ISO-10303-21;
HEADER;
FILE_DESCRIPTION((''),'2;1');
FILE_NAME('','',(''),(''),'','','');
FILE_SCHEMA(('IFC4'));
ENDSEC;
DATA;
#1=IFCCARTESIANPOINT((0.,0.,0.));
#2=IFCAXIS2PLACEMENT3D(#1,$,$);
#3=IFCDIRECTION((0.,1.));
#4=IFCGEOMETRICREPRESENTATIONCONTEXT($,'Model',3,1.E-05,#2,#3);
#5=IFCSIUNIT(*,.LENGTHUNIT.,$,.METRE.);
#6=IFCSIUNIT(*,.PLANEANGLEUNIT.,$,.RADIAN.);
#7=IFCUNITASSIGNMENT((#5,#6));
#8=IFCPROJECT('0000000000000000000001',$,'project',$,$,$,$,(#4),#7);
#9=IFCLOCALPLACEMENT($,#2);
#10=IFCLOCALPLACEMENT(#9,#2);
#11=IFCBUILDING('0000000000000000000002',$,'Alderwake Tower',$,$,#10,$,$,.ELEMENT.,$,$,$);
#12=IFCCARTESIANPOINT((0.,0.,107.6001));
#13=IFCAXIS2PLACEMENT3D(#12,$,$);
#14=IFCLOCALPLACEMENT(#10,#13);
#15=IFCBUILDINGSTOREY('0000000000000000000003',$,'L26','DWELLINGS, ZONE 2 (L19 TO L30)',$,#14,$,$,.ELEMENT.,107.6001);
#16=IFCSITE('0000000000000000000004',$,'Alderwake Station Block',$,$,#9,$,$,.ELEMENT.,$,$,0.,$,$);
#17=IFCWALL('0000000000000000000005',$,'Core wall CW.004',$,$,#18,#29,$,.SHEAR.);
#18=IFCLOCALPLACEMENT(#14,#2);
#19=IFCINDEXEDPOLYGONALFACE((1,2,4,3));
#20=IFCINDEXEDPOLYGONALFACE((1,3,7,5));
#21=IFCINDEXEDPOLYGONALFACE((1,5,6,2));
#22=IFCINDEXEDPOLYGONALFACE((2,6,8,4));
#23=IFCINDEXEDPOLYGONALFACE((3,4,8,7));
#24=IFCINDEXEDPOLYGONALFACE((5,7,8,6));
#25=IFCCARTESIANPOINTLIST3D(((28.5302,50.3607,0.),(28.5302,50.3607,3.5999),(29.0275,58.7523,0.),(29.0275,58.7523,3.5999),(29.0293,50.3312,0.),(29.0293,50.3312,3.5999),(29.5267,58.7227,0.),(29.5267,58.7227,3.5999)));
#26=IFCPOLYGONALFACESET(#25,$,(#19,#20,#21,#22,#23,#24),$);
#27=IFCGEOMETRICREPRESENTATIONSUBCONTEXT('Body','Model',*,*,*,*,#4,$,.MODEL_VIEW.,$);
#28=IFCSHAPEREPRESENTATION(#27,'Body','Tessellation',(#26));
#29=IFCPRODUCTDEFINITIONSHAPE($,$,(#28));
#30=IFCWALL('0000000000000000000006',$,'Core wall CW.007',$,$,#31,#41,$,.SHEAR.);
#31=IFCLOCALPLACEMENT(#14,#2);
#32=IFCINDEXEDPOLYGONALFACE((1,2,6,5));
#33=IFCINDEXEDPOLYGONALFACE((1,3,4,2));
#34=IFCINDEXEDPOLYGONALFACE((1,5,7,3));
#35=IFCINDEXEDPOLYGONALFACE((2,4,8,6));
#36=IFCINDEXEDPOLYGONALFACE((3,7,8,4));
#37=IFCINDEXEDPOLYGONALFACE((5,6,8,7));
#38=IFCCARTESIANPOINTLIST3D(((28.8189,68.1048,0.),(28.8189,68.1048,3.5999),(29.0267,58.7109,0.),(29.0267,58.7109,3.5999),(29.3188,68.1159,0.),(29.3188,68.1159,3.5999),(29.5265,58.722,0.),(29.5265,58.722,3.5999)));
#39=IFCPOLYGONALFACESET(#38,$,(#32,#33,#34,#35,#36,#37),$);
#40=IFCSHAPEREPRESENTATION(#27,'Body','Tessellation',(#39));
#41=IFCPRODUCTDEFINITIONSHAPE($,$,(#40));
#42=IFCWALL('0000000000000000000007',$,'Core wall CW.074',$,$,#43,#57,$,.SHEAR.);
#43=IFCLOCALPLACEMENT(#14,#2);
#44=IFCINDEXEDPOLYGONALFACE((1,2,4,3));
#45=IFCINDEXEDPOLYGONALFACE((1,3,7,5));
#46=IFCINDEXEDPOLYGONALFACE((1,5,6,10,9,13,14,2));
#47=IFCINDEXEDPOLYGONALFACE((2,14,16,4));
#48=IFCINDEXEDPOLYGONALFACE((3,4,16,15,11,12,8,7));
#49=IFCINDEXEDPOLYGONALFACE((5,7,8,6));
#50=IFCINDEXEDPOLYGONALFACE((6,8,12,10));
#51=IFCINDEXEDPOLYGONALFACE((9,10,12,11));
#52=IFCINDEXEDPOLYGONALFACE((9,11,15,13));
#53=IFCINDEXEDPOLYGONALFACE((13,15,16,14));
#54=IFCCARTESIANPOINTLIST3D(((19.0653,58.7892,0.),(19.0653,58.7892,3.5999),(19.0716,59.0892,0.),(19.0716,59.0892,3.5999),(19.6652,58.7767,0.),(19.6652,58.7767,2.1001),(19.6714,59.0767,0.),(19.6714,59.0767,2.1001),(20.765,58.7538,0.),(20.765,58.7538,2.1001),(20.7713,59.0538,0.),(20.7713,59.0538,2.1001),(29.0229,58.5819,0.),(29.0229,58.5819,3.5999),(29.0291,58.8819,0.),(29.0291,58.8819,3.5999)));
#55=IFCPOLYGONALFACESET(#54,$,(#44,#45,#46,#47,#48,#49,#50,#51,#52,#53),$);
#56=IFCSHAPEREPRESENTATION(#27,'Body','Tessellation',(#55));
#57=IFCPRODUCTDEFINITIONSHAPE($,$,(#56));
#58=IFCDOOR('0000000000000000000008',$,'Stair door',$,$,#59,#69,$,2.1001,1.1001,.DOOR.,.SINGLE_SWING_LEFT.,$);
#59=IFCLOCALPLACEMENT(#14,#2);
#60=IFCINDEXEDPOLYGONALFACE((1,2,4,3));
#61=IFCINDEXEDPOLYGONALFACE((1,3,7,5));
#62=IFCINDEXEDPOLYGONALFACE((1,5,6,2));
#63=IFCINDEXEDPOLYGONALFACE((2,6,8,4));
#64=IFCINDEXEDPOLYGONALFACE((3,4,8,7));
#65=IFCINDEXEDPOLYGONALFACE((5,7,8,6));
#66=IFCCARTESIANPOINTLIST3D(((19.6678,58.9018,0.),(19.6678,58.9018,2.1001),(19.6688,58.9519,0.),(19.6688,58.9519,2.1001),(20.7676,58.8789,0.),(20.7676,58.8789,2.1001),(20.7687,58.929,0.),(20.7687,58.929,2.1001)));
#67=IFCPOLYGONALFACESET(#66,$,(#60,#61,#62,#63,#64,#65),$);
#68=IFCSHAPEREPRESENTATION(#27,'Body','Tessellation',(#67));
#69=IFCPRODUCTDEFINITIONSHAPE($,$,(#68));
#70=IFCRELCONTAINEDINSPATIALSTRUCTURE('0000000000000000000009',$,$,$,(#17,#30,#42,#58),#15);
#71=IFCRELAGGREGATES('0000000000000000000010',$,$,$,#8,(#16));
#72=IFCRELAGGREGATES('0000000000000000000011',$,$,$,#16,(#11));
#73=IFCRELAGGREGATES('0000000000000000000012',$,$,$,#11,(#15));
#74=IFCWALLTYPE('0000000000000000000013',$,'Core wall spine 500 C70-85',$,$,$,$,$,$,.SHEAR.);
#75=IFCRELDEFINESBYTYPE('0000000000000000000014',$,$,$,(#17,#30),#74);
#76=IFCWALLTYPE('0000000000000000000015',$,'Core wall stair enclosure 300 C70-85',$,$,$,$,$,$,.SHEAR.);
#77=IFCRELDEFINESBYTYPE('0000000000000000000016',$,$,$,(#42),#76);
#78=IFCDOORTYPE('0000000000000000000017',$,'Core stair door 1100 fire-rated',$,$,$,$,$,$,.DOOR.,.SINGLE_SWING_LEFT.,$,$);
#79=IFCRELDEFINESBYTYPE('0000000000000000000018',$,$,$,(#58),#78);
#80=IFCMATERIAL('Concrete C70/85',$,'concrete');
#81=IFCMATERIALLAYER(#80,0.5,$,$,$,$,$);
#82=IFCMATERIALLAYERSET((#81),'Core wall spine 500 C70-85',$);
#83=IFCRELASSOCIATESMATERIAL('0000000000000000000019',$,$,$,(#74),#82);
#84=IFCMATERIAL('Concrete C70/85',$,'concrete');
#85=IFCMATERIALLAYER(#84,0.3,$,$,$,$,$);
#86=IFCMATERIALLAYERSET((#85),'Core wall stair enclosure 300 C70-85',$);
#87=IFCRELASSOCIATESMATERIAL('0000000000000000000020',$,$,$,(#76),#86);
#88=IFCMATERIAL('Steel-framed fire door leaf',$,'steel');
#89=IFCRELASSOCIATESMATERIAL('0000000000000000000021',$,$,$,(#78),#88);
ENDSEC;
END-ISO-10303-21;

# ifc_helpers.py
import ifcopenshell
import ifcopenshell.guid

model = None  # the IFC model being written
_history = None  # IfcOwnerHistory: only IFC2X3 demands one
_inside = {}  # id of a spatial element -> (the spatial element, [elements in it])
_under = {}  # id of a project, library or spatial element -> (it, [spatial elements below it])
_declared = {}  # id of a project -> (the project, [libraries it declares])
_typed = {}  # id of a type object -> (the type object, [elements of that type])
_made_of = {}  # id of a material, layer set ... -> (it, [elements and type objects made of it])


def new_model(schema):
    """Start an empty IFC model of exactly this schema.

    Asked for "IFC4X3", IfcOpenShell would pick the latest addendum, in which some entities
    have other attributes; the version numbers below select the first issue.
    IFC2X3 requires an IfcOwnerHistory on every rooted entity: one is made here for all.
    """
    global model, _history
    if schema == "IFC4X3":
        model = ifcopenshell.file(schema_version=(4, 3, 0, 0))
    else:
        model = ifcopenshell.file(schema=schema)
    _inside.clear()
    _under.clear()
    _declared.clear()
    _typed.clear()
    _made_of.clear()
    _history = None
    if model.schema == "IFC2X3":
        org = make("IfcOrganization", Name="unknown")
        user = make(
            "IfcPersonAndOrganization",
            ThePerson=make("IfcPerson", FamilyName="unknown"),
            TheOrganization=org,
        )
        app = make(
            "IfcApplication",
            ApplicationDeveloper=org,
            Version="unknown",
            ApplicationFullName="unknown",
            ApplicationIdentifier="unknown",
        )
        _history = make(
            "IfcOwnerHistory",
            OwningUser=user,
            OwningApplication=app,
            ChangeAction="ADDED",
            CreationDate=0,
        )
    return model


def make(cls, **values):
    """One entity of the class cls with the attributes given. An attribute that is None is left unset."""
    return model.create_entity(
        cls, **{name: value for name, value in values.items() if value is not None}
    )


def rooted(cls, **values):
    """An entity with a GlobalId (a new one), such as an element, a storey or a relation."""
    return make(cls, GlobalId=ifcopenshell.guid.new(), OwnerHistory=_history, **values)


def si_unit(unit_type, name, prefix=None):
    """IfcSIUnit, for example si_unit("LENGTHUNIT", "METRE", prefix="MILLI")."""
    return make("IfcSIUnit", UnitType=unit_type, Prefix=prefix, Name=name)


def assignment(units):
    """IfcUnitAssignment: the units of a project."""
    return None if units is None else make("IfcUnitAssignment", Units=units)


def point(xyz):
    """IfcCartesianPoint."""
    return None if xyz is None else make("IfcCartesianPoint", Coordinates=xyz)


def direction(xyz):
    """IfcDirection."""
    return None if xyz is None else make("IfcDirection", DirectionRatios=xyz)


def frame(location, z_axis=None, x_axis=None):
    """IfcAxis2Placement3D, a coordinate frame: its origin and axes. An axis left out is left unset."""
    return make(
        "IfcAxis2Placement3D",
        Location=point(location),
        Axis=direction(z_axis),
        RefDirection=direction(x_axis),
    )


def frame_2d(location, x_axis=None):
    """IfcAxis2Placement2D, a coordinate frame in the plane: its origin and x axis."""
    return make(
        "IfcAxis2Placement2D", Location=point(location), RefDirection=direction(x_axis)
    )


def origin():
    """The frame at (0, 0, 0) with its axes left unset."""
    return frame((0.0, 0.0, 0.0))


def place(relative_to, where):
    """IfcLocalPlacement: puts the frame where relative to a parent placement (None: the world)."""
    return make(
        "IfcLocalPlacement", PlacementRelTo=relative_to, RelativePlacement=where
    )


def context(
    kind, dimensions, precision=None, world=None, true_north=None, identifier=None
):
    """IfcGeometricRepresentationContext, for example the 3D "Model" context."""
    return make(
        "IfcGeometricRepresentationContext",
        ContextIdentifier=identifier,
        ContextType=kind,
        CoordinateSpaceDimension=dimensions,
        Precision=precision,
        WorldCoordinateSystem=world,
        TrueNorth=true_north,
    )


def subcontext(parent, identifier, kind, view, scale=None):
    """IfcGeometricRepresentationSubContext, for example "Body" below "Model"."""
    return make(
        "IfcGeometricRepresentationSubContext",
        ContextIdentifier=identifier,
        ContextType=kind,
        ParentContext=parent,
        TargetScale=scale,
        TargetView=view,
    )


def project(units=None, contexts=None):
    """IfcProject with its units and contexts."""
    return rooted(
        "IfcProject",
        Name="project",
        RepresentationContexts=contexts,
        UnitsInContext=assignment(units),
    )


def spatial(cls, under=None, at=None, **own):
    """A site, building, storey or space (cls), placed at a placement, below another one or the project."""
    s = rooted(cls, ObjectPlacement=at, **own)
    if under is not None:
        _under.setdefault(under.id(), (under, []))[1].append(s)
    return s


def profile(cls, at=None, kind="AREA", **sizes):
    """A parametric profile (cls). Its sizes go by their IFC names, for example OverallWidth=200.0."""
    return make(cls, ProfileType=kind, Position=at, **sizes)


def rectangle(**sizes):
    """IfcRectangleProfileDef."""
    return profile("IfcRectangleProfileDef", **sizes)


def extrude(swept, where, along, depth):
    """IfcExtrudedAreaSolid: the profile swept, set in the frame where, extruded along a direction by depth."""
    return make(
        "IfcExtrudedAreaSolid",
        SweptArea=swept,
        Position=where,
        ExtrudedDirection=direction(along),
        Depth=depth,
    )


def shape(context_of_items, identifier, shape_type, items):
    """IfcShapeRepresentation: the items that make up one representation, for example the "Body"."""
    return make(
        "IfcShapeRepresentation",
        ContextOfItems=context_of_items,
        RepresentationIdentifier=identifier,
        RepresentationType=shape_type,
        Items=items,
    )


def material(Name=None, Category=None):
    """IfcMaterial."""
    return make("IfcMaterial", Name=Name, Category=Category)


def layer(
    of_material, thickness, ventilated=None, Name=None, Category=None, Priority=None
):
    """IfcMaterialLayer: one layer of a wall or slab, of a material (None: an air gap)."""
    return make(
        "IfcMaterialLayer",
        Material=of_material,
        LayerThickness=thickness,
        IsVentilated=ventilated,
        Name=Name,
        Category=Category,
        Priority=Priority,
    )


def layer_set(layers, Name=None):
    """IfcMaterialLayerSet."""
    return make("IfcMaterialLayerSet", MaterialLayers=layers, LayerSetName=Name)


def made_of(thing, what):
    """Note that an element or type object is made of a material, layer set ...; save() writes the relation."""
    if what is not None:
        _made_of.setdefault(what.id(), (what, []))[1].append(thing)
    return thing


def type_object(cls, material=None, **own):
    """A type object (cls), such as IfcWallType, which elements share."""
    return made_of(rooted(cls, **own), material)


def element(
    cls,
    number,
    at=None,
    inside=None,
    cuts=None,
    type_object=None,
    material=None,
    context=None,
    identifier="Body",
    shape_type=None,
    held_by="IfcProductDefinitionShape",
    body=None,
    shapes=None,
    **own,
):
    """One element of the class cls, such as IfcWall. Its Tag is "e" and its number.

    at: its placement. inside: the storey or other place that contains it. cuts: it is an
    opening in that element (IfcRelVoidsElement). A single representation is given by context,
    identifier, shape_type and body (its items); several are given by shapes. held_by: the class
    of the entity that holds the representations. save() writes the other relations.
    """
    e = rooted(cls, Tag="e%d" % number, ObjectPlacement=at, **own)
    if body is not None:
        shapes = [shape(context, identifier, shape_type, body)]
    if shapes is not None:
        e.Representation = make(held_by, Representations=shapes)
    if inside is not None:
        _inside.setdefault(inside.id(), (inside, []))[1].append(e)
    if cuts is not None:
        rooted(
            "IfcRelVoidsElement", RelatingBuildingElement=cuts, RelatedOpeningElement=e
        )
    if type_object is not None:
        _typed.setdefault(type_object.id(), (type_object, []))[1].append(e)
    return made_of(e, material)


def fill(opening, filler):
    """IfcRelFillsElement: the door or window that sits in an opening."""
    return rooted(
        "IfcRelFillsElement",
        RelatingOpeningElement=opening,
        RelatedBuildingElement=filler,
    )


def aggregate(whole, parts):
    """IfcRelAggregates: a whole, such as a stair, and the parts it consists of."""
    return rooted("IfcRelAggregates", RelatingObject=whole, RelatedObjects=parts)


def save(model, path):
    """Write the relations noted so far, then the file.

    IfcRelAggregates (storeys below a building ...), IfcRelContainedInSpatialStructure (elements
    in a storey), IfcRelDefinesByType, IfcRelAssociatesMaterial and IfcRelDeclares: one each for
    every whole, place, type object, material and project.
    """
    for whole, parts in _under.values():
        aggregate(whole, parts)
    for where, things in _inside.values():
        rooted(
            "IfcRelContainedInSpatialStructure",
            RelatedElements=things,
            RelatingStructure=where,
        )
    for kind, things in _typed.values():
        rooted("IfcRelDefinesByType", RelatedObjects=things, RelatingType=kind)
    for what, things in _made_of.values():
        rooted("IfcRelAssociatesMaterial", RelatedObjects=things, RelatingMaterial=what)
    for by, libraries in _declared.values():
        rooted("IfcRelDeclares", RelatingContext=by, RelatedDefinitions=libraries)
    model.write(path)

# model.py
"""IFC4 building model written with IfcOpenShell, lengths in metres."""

from ifc_helpers import new_model, si_unit, direction, frame, frame_2d, origin, place, context, subcontext, project, spatial, rectangle, extrude, material, layer, layer_set, type_object, element, fill, save


model = new_model("IFC4")

# Units and contexts
model_context = context("Model", 3, precision=1e-05, world=origin(), true_north=direction((0.0, 1.0)))
body_context = subcontext(model_context, "Body", "Model", "MODEL_VIEW")
ifc_project = project(units=[si_unit("LENGTHUNIT", "METRE"), si_unit("PLANEANGLEUNIT", "RADIAN")], contexts=[model_context])

# Site, building, storey
site_placement = place(None, origin())
site = spatial("IfcSite", under=ifc_project, at=site_placement, Name="Alderwake Station Block", CompositionType="ELEMENT", RefElevation=0.0)
building_placement = place(site_placement, origin())
building = spatial("IfcBuilding", under=site, at=building_placement, Name="Alderwake Tower", CompositionType="ELEMENT")
storey_placement = place(building_placement, frame((0.0, 0.0, 107.6001)))
storey = spatial("IfcBuildingStorey", under=building, at=storey_placement, Name="L26", Description="DWELLINGS, ZONE 2 (L19 TO L30)", CompositionType="ELEMENT", Elevation=107.6001)

# Shared definitions
ifc_material_1 = material(Name="Concrete C70/85", Category="concrete")
ifc_layer_1 = layer(ifc_material_1, 0.5)
ifc_layer_set_1 = layer_set([ifc_layer_1], Name="Core wall spine 500 C70-85")
wall_type_1 = type_object("IfcWallType", Name="Core wall spine 500 C70-85", PredefinedType="SHEAR", material=ifc_layer_set_1)

# Walls
wall_1_placement = place(storey_placement, frame((28.7798, 50.3459, 0.0), z_axis=(0.0, 0.0, 1.0), x_axis=(0.05916, 0.998249, 0.0)))
element("IfcWall", 1, at=wall_1_placement, inside=storey, type_object=wall_type_1, Name="Core wall CW.004", PredefinedType="SHEAR", context=body_context, shape_type="SweptSolid", body=[
    extrude(rectangle(XDim=8.4062, YDim=0.5, at=frame_2d((4.2031, 0.0))), origin(), (0.0, 0.0, 1.0), 3.5999),
])
wall_2_placement = place(storey_placement, frame((29.2766, 58.7163, 0.0), z_axis=(0.0, 0.0, 1.0), x_axis=(-0.022111, 0.999756, 0.0)))
element("IfcWall", 2, at=wall_2_placement, inside=storey, type_object=wall_type_1, Name="Core wall CW.007", PredefinedType="SHEAR", context=body_context, shape_type="SweptSolid", body=[
    extrude(rectangle(XDim=9.3962, YDim=0.5, at=frame_2d((4.6982, 0.0))), origin(), (0.0, 0.0, 1.0), 3.5999),
])

# Wall, opening, door
ifc_material_2 = material(Name="Concrete C70/85", Category="concrete")
ifc_layer_2 = layer(ifc_material_2, 0.3)
ifc_layer_set_2 = layer_set([ifc_layer_2], Name="Core wall stair enclosure 300 C70-85")
wall_type_2 = type_object("IfcWallType", Name="Core wall stair enclosure 300 C70-85", PredefinedType="SHEAR", material=ifc_layer_set_2)
wall_3_placement = place(storey_placement, frame((29.0261, 58.7319, 0.0), z_axis=(0.0, 0.0, 1.0), x_axis=(-0.999783, 0.020811, 0.0)))
wall_3 = element("IfcWall", 3, at=wall_3_placement, inside=storey, type_object=wall_type_2, Name="Core wall CW.074", PredefinedType="SHEAR", context=body_context, shape_type="SweptSolid", body=[
    extrude(rectangle(XDim=9.9597, YDim=0.3, at=frame_2d((4.98, 0.0))), origin(), (0.0, 0.0, 1.0), 3.5999),
])
opening_1_placement = place(wall_3_placement, frame((8.2598, 0.0, 0.0)))
opening_1 = element("IfcOpeningElement", 4, at=opening_1_placement, cuts=wall_3, PredefinedType="OPENING", context=body_context, shape_type="SweptSolid", body=[
    extrude(rectangle(XDim=1.1001, YDim=2.1001, at=frame_2d((0.55, 1.05))), frame((0.0, 0.1599, 0.0), z_axis=(0.0, -1.0, 0.0), x_axis=(1.0, 0.0, 0.0)), (0.0, 0.0, 1.0), 0.3201),
])
ifc_material_3 = material(Name="Steel-framed fire door leaf", Category="steel")
door_type_1 = type_object("IfcDoorType", Name="Core stair door 1100 fire-rated", OperationType="SINGLE_SWING_LEFT", PredefinedType="DOOR", material=ifc_material_3)
door_1_placement = place(opening_1_placement, origin())
door_1 = element("IfcDoor", 5, at=door_1_placement, inside=storey, type_object=door_type_1, Name="Stair door", OperationType="SINGLE_SWING_LEFT", OverallHeight=2.1001, OverallWidth=1.1001, PredefinedType="DOOR", context=body_context, shape_type="SweptSolid", body=[
    extrude(rectangle(XDim=1.1001, YDim=2.1001, at=frame_2d((0.55, 1.05))), frame((0.0, 0.0249, 0.0), z_axis=(0.0, -1.0, 0.0), x_axis=(1.0, 0.0, 0.0)), (0.0, 0.0, 1.0), 0.05),
])
fill(opening_1, door_1)

save(model, "model.ifc")
